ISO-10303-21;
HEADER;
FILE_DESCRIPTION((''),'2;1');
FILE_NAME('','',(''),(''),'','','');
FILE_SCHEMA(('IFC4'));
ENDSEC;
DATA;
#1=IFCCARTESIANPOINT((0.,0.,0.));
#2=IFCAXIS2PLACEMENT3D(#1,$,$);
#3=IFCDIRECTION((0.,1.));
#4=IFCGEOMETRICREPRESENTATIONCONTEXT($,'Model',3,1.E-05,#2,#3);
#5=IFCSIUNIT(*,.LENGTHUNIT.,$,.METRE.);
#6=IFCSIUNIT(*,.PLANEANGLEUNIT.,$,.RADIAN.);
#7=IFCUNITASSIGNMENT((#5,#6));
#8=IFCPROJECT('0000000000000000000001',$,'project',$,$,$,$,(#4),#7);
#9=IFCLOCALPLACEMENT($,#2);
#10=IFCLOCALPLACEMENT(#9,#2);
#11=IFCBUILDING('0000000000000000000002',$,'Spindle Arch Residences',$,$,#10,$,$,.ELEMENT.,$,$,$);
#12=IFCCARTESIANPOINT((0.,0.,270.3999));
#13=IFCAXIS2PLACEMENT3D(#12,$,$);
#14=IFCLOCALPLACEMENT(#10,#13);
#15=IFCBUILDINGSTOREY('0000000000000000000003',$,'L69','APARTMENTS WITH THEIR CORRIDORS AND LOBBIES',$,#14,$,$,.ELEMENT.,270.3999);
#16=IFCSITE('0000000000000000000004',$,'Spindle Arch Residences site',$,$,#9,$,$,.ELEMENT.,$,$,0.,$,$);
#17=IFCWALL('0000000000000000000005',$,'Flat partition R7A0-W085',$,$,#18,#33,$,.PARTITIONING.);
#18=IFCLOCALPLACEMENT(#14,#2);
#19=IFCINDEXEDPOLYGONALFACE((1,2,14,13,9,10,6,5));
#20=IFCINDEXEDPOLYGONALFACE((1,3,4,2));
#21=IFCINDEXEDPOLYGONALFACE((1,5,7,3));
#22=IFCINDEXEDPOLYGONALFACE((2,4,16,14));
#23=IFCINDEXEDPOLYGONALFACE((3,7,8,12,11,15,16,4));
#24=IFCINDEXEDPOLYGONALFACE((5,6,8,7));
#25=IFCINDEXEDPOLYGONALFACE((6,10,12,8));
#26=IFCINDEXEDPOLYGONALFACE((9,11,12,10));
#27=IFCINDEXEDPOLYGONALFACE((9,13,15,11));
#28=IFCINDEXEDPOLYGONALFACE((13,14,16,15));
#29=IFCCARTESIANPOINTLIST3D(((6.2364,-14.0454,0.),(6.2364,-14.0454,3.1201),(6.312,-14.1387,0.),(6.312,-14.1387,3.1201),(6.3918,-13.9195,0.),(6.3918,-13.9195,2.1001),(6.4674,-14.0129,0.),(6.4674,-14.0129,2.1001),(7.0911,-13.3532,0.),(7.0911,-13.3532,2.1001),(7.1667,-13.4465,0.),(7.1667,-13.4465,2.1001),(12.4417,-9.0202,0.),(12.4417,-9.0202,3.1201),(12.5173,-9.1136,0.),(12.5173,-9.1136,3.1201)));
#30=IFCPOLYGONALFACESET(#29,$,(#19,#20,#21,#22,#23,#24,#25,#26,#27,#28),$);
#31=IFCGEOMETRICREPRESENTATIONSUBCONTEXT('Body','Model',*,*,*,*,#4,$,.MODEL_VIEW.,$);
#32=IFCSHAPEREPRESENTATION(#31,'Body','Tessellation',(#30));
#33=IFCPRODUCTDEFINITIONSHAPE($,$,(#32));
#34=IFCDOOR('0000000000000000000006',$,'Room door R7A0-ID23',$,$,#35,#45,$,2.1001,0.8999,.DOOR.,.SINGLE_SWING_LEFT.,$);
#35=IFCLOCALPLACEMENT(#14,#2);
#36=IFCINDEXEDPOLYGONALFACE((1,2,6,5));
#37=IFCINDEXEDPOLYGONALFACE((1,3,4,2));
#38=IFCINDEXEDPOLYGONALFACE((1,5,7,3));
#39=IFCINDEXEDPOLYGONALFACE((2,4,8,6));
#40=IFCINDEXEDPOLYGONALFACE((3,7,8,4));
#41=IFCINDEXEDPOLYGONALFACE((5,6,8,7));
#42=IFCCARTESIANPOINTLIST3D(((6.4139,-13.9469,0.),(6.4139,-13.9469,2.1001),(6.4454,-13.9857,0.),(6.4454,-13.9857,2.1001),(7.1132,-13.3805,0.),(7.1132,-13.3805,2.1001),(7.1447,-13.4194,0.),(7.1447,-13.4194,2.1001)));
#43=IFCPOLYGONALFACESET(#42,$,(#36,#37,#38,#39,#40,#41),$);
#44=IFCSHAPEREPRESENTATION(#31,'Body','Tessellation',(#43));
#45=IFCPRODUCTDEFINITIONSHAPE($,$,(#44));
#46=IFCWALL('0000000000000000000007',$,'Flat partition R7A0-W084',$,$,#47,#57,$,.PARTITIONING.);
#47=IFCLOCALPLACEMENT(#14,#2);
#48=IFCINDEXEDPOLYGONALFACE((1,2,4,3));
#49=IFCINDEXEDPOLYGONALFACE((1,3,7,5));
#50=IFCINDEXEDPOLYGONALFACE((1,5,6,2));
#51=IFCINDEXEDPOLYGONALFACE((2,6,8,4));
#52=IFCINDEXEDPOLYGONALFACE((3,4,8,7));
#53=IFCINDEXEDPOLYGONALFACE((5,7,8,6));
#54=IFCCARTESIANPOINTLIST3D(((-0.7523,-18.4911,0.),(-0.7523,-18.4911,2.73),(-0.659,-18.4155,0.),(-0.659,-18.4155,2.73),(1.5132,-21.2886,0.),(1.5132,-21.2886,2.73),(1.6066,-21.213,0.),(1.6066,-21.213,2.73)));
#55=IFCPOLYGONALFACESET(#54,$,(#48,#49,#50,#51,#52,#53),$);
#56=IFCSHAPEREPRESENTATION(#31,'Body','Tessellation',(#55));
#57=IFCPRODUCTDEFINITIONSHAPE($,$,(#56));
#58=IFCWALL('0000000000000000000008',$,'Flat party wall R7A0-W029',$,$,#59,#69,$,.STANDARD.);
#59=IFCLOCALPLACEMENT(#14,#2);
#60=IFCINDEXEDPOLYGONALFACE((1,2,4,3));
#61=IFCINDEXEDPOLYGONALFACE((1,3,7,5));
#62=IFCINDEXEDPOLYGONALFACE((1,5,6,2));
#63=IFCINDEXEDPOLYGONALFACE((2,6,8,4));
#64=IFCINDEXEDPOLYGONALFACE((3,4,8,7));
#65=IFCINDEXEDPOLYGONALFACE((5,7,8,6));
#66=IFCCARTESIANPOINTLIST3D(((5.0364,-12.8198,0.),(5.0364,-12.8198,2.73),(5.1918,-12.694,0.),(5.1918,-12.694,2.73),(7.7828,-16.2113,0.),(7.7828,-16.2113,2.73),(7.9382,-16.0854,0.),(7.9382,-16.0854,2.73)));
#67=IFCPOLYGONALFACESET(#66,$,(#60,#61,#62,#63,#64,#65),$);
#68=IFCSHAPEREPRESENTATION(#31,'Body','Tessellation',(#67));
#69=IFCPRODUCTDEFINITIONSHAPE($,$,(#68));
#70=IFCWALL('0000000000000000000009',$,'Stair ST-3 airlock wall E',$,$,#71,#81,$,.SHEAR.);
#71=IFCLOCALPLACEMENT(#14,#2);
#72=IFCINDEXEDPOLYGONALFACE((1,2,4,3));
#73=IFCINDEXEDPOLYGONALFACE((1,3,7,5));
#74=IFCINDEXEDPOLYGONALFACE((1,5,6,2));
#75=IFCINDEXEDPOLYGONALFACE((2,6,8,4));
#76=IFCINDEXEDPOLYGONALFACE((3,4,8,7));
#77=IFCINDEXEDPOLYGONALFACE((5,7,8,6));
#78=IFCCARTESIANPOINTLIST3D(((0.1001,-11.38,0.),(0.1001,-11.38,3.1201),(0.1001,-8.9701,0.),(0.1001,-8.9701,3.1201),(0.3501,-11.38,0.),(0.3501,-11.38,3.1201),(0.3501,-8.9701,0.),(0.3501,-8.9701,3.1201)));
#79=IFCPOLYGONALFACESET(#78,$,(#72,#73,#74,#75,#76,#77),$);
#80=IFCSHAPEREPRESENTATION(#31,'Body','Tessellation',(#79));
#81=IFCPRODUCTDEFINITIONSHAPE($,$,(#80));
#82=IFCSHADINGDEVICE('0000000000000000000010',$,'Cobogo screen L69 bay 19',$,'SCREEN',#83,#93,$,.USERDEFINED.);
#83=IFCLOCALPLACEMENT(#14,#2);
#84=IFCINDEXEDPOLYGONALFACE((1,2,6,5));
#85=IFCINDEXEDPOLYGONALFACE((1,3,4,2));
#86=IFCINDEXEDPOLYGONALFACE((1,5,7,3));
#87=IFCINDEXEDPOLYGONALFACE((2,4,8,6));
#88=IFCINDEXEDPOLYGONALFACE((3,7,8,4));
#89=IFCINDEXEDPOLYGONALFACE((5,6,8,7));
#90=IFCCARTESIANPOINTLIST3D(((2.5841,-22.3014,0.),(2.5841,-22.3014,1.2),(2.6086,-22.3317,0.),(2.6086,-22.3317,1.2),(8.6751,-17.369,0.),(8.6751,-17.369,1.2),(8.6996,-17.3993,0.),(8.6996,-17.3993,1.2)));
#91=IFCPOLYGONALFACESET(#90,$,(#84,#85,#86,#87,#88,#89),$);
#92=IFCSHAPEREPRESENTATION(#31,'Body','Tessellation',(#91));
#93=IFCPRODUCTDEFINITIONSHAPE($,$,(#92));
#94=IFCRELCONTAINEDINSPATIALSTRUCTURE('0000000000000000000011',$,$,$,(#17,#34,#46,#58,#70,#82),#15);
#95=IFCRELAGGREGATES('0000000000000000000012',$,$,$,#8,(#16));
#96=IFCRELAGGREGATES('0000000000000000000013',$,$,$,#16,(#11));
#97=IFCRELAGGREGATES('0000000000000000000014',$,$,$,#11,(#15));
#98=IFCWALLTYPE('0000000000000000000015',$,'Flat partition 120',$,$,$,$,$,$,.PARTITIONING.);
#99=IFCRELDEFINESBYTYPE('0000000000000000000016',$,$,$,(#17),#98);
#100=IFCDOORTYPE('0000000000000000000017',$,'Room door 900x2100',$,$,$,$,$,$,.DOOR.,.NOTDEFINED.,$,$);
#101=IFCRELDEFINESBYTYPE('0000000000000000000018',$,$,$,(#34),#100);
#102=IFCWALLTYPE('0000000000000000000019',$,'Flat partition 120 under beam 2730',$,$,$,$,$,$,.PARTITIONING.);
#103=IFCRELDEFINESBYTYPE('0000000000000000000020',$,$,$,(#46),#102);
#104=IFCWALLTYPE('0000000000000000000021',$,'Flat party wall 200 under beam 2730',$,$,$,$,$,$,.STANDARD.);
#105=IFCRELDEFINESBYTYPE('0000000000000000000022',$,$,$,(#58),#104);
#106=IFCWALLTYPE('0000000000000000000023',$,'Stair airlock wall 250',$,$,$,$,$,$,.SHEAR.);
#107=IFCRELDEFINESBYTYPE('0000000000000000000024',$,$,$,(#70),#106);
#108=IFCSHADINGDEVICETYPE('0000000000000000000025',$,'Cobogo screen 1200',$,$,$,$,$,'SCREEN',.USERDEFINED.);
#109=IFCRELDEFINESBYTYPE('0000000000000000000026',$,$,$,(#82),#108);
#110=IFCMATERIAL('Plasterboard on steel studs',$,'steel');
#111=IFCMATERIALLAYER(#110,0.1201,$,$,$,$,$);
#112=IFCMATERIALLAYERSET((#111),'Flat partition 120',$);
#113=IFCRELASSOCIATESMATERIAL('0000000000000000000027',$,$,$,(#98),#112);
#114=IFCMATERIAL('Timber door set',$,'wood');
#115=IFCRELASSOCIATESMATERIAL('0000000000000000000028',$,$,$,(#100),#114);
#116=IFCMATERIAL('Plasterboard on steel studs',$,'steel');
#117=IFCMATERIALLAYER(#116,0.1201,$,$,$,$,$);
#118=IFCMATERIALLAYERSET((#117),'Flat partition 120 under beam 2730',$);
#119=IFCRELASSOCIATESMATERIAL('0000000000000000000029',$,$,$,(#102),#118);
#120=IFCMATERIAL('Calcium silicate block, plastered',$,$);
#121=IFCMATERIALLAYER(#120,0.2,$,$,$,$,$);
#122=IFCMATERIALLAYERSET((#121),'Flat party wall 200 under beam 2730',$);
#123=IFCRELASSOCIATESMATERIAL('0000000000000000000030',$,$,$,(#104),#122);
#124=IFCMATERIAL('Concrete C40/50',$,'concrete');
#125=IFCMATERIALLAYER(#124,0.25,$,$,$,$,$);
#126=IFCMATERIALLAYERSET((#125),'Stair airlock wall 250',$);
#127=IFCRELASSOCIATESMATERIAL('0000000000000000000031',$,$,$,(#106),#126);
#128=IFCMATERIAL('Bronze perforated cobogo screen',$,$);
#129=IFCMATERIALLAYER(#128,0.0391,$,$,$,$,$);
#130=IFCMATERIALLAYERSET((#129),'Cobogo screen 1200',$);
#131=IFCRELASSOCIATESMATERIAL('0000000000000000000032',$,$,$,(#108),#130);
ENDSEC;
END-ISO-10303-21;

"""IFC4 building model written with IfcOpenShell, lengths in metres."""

from ifc_helpers import new_model, si_unit, direction, frame, frame_2d, origin, origin_2d, place, context, subcontext, project, spatial, rectangle, extrude, material, layer, layer_set, type_object, element, fill, save


model = new_model("IFC4")

# Units and contexts
model_context = context("Model", 3, precision=1e-05, world=origin(), true_north=direction((0.0, 1.0)))
body_context = subcontext(model_context, "Body", "Model", "MODEL_VIEW")
ifc_project = project(units=[si_unit("LENGTHUNIT", "METRE"), si_unit("PLANEANGLEUNIT", "RADIAN")], contexts=[model_context])

# Site, building, storey
site_placement = place(None, origin())
site = spatial("IfcSite", under=ifc_project, at=site_placement, Name="Spindle Arch Residences site", CompositionType="ELEMENT", RefElevation=0.0)
building_placement = place(site_placement, origin())
building = spatial("IfcBuilding", under=site, at=building_placement, Name="Spindle Arch Residences", CompositionType="ELEMENT")
storey_placement = place(building_placement, frame((0.0, 0.0, 270.3999)))
storey = spatial("IfcBuildingStorey", under=building, at=storey_placement, Name="L69", Description="APARTMENTS WITH THEIR CORRIDORS AND LOBBIES", CompositionType="ELEMENT", Elevation=270.3999)

# Shared definitions
ifc_material_1 = material(Name="Plasterboard on steel studs", Category="steel")
ifc_layer_1 = layer(ifc_material_1, 0.1201)
ifc_layer_set_1 = layer_set([ifc_layer_1], Name="Flat partition 120")
wall_type_1 = type_object("IfcWallType", Name="Flat partition 120", PredefinedType="PARTITIONING", material=ifc_layer_set_1)

# Wall, opening, door
wall_1_placement = place(storey_placement, frame((6.2742, -14.092, 0.0), z_axis=(0.0, 0.0, 1.0), x_axis=(0.777135, 0.629334, 0.0)))
wall_1 = element("IfcWall", 1, at=wall_1_placement, inside=storey, type_object=wall_type_1, Name="Flat partition R7A0-W085", PredefinedType="PARTITIONING", context=body_context, shape_type="SweptSolid", body=[
    extrude(rectangle(XDim=7.9849, YDim=0.1201, at=frame_2d((3.9924, 0.0))), origin(), (0.0, 0.0, 1.0), 3.1201),
])
opening_1_placement = place(wall_1_placement, frame((0.2, 0.0, 0.0)))
opening_1 = element("IfcOpeningElement", 2, at=opening_1_placement, cuts=wall_1, PredefinedType="OPENING", context=body_context, shape_type="SweptSolid", body=[
    extrude(rectangle(XDim=0.8999, YDim=2.1001, at=frame_2d((0.45, 1.05))), frame((0.0, 0.0701, 0.0), z_axis=(0.0, -1.0, 0.0), x_axis=(1.0, 0.0, 0.0)), (0.0, 0.0, 1.0), 0.1401),
])
ifc_material_2 = material(Name="Timber door set", Category="wood")
door_type_1 = type_object("IfcDoorType", Name="Room door 900x2100", OperationType="NOTDEFINED", PredefinedType="DOOR", material=ifc_material_2)
door_1_placement = place(opening_1_placement, origin())
door_1 = element("IfcDoor", 3, at=door_1_placement, inside=storey, type_object=door_type_1, Name="Room door R7A0-ID23", OperationType="SINGLE_SWING_LEFT", OverallHeight=2.1001, OverallWidth=0.8999, PredefinedType="DOOR", context=body_context, shape_type="SweptSolid", body=[
    extrude(rectangle(XDim=0.8999, YDim=2.1001, at=frame_2d((0.45, 1.05))), frame((0.0, 0.0249, 0.0), z_axis=(0.0, -1.0, 0.0), x_axis=(1.0, 0.0, 0.0)), (0.0, 0.0, 1.0), 0.05),
])
fill(opening_1, door_1)

# Walls
ifc_material_3 = material(Name="Plasterboard on steel studs", Category="steel")
ifc_layer_2 = layer(ifc_material_3, 0.1201)
ifc_layer_set_2 = layer_set([ifc_layer_2], Name="Flat partition 120 under beam 2730")
wall_type_2 = type_object("IfcWallType", Name="Flat partition 120 under beam 2730", PredefinedType="PARTITIONING", material=ifc_layer_set_2)
wall_2_placement = place(storey_placement, frame((1.5598, -21.2507, 0.0), z_axis=(0.0, 0.0, 1.0), x_axis=(-0.629348, 0.777123, 0.0)))
element("IfcWall", 4, at=wall_2_placement, inside=storey, type_object=wall_type_2, Name="Flat partition R7A0-W084", PredefinedType="PARTITIONING", context=body_context, shape_type="SweptSolid", body=[
    extrude(rectangle(XDim=3.5999, YDim=0.1201, at=frame_2d((1.7998, 0.0))), origin(), (0.0, 0.0, 1.0), 2.73),
])
ifc_material_4 = material(Name="Calcium silicate block, plastered")
ifc_layer_3 = layer(ifc_material_4, 0.2)
ifc_layer_set_3 = layer_set([ifc_layer_3], Name="Flat party wall 200 under beam 2730")
wall_type_3 = type_object("IfcWallType", Name="Flat party wall 200 under beam 2730", PredefinedType="STANDARD", material=ifc_layer_set_3)
wall_3_placement = place(storey_placement, frame((7.8606, -16.1484, 0.0), z_axis=(0.0, 0.0, 1.0), x_axis=(-0.62933, 0.777138, 0.0)))
element("IfcWall", 5, at=wall_3_placement, inside=storey, type_object=wall_type_3, Name="Flat party wall R7A0-W029", PredefinedType="STANDARD", context=body_context, shape_type="SweptSolid", body=[
    extrude(rectangle(XDim=4.364, YDim=0.2, at=frame_2d((2.1821, 0.0))), origin(), (0.0, 0.0, 1.0), 2.73),
])

# Wall
ifc_material_5 = material(Name="Concrete C40/50", Category="concrete")
ifc_layer_4 = layer(ifc_material_5, 0.25)
ifc_layer_set_4 = layer_set([ifc_layer_4], Name="Stair airlock wall 250")
wall_type_4 = type_object("IfcWallType", Name="Stair airlock wall 250", PredefinedType="SHEAR", material=ifc_layer_set_4)
wall_4_placement = place(storey_placement, frame((0.2251, -8.97, 0.0), z_axis=(0.0, 0.0, 1.0), x_axis=(0.0, -1.0, 0.0)))
element("IfcWall", 6, at=wall_4_placement, inside=storey, type_object=wall_type_4, Name="Stair ST-3 airlock wall E", PredefinedType="SHEAR", context=body_context, shape_type="SweptSolid", body=[
    extrude(rectangle(XDim=2.4099, YDim=0.25, at=frame_2d((1.2051, 0.0))), origin(), (0.0, 0.0, 1.0), 3.1201),
])

# Shading device
ifc_material_6 = material(Name="Bronze perforated cobogo screen")
ifc_layer_5 = layer(ifc_material_6, 0.0391)
ifc_layer_set_5 = layer_set([ifc_layer_5], Name="Cobogo screen 1200")
shading_device_type = type_object("IfcShadingDeviceType", Name="Cobogo screen 1200", ElementType="SCREEN", PredefinedType="USERDEFINED", material=ifc_layer_set_5)
shading_device_placement = place(storey_placement, frame((5.6418, -19.8503, 0.0), z_axis=(0.0, 0.0, 1.0), x_axis=(0.777146, 0.62932, 0.0)))
element("IfcShadingDevice", 7, at=shading_device_placement, inside=storey, type_object=shading_device_type, Name="Cobogo screen L69 bay 19", ObjectType="SCREEN", PredefinedType="USERDEFINED", context=body_context, shape_type="SweptSolid", body=[
    extrude(rectangle(XDim=7.8376, YDim=0.0391, at=origin_2d()), origin(), (0.0, 0.0, 1.0), 1.2),
])

save(model, "model.ifc")
